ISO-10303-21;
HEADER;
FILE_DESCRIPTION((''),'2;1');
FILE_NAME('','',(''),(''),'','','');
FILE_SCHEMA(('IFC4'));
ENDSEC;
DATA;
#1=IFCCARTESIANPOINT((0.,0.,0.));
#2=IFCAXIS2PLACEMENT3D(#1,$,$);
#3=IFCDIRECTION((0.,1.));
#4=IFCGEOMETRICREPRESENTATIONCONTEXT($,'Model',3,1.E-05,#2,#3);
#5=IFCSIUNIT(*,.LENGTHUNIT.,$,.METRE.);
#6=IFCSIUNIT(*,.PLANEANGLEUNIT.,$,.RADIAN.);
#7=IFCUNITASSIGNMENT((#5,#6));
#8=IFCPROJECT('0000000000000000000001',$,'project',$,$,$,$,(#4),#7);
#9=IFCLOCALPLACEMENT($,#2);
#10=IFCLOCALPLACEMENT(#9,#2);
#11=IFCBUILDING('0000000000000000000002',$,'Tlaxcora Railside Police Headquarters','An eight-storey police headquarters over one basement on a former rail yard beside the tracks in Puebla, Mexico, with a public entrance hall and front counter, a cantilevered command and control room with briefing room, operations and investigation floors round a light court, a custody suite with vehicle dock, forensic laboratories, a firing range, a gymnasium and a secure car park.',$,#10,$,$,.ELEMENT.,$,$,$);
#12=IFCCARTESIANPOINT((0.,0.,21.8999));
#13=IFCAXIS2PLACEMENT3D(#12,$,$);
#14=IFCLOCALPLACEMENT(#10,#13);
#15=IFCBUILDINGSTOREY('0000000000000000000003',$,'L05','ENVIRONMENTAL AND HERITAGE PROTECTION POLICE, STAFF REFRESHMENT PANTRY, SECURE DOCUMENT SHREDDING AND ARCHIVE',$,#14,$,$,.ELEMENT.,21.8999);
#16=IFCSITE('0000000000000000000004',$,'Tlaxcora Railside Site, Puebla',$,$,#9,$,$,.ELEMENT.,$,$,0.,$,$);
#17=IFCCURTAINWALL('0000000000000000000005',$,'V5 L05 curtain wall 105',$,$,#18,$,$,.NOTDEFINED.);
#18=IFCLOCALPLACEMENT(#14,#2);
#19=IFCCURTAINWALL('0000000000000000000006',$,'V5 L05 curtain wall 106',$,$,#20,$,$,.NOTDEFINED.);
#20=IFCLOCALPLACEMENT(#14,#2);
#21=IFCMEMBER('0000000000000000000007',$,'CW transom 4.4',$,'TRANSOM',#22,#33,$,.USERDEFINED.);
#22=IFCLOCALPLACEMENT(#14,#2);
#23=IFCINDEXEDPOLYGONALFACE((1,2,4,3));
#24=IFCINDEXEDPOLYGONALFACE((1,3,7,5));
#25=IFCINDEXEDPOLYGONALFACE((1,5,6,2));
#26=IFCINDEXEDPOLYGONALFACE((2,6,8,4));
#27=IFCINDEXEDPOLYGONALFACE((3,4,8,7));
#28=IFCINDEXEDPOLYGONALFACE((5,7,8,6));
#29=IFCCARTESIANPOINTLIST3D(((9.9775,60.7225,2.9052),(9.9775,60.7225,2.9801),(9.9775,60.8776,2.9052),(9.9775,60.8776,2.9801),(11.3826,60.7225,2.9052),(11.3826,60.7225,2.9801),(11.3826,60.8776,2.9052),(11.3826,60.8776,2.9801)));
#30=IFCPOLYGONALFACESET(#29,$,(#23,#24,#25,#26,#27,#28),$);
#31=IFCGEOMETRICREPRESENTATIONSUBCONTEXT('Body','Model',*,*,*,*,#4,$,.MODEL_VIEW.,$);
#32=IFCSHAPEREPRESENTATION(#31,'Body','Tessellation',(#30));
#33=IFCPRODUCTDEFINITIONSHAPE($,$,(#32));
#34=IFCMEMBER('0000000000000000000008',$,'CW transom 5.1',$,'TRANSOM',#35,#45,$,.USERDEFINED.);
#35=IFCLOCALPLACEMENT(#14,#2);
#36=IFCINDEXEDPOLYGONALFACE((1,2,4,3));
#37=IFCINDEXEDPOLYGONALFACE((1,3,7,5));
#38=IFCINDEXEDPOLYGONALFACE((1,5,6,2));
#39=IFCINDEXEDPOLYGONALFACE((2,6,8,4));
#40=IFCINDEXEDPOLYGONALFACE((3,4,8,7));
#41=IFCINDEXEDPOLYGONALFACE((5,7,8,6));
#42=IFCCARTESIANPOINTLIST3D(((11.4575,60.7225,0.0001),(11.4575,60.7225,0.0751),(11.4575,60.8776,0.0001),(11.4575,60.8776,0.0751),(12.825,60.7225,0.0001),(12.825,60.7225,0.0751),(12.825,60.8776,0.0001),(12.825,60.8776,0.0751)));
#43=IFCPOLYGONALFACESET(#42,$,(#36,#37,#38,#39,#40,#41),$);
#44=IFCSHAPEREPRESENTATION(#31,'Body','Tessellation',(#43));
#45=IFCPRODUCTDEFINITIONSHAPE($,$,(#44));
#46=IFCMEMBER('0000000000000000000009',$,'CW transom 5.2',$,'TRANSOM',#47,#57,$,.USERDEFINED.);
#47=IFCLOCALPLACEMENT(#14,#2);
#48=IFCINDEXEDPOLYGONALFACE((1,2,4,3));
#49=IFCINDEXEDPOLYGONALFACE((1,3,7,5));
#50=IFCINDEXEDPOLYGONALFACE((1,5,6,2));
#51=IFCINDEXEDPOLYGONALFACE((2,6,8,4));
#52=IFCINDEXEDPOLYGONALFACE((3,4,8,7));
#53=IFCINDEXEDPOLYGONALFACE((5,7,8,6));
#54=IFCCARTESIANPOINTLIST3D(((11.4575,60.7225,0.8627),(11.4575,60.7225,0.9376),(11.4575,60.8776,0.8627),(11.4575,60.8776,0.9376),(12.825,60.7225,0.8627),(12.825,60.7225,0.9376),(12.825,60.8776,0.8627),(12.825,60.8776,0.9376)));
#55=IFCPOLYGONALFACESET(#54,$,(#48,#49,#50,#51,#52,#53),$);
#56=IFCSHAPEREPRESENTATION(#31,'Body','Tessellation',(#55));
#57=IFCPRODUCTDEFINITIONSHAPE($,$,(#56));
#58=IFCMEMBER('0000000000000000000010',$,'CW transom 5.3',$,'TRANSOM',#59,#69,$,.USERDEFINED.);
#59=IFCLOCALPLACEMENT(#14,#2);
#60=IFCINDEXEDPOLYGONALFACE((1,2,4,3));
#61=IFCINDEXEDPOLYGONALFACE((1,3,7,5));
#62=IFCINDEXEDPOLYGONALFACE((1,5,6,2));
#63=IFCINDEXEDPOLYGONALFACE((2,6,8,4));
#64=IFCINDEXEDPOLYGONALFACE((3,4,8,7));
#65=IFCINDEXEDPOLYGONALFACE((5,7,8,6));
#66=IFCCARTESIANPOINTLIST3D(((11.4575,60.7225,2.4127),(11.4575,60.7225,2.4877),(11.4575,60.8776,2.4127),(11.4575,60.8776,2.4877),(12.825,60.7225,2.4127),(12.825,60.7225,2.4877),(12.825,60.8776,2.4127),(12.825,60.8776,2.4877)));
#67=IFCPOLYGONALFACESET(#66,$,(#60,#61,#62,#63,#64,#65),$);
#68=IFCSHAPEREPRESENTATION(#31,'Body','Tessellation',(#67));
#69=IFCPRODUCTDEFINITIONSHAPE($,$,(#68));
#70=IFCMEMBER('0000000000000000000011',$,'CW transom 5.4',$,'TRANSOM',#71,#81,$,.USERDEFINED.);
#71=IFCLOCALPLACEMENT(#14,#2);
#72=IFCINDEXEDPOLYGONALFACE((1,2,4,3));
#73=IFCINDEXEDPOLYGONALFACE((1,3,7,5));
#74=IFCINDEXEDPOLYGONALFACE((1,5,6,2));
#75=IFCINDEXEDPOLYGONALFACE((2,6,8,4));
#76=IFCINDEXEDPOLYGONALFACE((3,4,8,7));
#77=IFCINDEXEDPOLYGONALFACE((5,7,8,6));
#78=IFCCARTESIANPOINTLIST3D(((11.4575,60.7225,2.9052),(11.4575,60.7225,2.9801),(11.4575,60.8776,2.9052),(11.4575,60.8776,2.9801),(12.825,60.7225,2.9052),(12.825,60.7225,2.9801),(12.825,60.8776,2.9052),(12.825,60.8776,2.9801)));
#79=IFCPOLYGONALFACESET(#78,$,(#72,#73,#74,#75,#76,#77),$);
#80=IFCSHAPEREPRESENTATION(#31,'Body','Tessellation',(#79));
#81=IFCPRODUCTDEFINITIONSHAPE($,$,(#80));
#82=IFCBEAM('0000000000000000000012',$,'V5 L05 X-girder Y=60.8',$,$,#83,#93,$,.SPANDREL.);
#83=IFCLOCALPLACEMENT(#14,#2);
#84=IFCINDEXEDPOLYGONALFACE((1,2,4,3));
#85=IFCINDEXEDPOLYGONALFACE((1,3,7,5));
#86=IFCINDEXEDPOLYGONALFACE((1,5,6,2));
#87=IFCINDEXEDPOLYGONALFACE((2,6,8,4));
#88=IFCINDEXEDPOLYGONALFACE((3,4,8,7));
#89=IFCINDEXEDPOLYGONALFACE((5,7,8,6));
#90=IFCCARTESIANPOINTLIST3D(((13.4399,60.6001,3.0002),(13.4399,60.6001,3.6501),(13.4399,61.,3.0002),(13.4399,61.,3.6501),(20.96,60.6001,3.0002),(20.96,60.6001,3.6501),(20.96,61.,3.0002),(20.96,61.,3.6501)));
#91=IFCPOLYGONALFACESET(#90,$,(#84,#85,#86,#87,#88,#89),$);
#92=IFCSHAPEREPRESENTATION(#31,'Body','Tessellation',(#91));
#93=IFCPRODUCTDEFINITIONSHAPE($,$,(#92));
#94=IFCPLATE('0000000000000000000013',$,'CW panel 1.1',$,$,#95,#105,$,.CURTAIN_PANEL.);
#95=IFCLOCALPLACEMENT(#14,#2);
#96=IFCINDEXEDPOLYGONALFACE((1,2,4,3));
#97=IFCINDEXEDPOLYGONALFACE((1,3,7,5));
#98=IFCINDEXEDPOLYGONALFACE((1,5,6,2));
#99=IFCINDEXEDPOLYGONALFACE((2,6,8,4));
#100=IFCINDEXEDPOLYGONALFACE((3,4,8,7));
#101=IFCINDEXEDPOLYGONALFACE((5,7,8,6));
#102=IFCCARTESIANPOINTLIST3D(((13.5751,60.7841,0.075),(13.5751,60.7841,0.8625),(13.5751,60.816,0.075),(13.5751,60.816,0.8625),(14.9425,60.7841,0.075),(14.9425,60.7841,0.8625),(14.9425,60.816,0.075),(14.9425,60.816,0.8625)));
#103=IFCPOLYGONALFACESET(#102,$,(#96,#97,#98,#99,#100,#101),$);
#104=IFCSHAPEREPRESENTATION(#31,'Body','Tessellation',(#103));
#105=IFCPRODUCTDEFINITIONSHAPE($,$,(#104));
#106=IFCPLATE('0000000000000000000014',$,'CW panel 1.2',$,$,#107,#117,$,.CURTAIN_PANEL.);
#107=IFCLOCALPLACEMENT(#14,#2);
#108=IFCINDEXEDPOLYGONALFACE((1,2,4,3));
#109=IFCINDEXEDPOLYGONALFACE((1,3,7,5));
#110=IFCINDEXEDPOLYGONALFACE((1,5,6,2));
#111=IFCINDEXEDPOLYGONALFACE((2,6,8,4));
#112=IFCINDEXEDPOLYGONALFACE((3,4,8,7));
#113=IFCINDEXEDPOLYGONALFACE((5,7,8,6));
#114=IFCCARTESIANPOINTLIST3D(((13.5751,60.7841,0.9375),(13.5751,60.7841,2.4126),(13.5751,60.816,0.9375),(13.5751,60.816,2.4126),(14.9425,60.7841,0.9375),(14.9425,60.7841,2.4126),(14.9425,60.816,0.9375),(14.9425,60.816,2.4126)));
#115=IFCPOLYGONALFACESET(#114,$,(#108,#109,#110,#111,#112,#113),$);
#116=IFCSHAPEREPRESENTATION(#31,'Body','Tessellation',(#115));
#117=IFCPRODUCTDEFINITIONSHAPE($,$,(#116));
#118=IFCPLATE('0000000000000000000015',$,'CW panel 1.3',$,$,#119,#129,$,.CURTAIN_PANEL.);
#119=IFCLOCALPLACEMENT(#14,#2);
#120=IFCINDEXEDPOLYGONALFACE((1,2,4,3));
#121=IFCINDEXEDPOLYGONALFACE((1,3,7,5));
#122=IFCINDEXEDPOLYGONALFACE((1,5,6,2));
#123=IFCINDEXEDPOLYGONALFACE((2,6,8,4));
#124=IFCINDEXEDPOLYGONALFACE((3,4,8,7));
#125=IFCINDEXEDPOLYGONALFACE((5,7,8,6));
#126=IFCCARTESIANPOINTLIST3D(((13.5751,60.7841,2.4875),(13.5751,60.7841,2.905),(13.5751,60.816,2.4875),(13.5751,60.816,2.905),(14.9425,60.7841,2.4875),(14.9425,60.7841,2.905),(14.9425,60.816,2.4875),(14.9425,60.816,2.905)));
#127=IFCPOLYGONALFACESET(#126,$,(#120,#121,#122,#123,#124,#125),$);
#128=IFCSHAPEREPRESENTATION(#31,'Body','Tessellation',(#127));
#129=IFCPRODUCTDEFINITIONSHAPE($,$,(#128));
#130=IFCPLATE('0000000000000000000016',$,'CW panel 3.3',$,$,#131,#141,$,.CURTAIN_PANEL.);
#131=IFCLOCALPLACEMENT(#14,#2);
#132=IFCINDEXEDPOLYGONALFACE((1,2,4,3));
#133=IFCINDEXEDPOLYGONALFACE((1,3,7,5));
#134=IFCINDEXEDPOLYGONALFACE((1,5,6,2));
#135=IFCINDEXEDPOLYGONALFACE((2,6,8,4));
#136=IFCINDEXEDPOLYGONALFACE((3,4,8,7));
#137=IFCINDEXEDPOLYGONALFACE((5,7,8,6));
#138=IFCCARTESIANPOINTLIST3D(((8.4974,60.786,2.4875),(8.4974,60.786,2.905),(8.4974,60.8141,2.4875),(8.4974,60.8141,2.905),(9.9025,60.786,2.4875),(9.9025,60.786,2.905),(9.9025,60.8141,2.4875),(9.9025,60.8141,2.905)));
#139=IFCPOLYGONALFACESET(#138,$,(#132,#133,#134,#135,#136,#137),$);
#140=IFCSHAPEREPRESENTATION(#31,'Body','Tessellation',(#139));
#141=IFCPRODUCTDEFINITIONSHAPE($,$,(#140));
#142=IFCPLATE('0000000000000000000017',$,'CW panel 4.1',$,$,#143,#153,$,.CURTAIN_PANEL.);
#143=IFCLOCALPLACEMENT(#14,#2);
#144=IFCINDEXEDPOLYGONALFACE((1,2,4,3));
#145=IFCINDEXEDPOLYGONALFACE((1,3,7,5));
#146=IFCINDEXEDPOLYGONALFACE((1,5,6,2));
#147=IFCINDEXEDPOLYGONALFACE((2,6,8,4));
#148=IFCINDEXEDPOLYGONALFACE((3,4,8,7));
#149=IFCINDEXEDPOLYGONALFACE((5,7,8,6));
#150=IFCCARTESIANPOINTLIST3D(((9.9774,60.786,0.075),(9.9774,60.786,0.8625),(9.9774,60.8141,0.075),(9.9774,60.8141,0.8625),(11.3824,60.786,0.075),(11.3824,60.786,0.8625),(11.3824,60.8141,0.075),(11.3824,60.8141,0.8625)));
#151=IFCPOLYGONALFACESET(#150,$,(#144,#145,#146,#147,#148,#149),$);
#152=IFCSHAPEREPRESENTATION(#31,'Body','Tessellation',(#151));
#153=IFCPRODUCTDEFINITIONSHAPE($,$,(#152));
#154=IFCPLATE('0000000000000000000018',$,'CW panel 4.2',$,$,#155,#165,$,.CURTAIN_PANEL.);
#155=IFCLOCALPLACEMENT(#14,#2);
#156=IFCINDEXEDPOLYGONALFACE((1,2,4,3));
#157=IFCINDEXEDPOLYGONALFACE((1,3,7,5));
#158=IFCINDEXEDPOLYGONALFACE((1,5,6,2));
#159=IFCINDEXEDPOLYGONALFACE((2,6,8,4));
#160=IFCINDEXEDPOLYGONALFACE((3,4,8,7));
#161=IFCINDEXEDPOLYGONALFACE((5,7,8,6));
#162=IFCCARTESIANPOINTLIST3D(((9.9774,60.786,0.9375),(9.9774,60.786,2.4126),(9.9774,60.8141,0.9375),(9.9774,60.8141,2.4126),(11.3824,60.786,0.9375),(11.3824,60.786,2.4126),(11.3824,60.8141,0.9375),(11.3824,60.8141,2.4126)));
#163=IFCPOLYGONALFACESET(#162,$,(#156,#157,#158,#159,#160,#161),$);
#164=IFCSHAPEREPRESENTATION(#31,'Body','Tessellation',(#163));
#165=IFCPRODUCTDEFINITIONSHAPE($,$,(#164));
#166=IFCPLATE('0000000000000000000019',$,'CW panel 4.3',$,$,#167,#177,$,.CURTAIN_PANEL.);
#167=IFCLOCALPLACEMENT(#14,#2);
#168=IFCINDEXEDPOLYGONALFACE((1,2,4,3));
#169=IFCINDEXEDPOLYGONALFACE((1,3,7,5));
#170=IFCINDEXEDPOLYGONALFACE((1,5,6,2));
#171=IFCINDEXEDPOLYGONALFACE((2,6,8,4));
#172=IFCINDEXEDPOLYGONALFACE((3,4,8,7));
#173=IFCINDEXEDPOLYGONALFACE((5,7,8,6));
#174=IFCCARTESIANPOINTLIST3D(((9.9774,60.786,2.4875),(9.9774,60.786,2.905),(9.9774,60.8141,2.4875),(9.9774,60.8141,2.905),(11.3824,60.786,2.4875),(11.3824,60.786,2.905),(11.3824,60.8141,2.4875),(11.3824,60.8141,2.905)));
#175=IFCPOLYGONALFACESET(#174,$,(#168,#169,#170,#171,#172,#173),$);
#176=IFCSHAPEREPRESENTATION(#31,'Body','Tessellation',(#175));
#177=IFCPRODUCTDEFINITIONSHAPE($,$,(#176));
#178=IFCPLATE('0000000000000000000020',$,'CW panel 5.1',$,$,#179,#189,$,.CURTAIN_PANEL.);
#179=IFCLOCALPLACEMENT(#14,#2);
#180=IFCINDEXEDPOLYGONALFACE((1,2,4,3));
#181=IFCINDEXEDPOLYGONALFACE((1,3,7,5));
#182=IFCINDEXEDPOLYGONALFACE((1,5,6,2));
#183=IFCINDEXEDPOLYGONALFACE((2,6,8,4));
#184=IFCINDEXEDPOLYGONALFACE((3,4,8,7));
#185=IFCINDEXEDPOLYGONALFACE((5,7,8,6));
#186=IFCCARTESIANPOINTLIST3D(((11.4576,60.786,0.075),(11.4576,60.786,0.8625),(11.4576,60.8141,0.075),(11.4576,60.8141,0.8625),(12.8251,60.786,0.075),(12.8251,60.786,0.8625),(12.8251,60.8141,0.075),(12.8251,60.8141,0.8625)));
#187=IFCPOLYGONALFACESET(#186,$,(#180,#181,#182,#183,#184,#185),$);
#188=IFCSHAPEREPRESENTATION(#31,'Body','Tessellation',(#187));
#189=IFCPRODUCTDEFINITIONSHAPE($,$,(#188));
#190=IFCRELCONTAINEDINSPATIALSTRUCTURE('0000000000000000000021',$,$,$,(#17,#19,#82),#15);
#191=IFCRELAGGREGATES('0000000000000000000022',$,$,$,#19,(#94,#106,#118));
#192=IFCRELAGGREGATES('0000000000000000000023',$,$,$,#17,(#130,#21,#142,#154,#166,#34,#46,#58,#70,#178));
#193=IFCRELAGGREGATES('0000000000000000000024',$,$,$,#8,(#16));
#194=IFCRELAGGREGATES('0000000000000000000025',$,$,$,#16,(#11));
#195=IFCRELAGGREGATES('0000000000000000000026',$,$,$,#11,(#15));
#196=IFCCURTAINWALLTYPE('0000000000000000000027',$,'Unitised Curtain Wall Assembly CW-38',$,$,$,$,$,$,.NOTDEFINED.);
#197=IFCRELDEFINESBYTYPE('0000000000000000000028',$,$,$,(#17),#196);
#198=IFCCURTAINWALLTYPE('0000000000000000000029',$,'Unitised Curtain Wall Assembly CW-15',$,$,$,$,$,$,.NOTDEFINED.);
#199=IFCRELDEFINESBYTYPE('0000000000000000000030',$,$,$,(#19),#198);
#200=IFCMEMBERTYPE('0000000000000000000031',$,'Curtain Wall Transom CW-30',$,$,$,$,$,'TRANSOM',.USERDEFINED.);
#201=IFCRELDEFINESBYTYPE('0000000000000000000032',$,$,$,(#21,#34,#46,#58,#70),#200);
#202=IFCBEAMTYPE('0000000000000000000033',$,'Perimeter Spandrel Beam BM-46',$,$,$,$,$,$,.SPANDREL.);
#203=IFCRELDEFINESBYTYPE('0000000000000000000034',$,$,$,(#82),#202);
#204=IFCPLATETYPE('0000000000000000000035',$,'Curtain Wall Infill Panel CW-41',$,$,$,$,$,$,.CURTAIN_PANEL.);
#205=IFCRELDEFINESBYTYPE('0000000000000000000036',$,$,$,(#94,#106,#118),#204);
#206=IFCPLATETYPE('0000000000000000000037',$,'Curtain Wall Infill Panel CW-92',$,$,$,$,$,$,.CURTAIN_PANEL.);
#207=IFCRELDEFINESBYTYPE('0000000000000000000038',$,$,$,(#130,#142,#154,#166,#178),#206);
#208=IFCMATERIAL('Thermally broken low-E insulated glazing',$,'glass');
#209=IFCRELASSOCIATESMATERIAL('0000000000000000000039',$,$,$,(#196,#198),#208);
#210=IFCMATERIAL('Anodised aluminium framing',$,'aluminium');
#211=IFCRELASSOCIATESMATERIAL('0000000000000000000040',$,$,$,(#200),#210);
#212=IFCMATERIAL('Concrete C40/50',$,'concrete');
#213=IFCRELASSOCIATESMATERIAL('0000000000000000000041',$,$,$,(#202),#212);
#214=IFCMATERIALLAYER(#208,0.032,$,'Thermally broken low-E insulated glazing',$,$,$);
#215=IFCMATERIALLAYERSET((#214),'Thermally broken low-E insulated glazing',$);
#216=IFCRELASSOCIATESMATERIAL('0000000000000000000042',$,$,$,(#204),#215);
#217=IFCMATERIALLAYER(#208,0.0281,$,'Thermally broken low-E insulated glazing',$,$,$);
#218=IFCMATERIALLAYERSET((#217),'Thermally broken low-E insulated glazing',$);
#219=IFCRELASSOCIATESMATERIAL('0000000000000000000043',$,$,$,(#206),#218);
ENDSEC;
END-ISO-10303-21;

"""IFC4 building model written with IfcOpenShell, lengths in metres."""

from ifc_helpers import new_model, si_unit, direction, frame, origin, origin_2d, place, context, subcontext, project, spatial, rectangle, extrude, material, layer, layer_set, material_profile, profile_set, type_object, element, aggregate, save


model = new_model("IFC4")

# Units and contexts
model_context = context("Model", 3, precision=1e-05, world=origin(), true_north=direction((0.0, 1.0)))
body_context = subcontext(model_context, "Body", "Model", "MODEL_VIEW")
ifc_project = project(units=[si_unit("LENGTHUNIT", "METRE"), si_unit("PLANEANGLEUNIT", "RADIAN")], contexts=[model_context])

# Site, building, storey
site_placement = place(None, origin())
site = spatial("IfcSite", under=ifc_project, at=site_placement, Name="Tlaxcora Railside Site, Puebla", CompositionType="ELEMENT", RefElevation=0.0)
building_placement = place(site_placement, origin())
building = spatial("IfcBuilding", under=site, at=building_placement, Name="Tlaxcora Railside Police Headquarters", Description="An eight-storey police headquarters over one basement on a former rail yard beside the tracks in Puebla, Mexico, with a public entrance hall and front counter, a cantilevered command and control room with briefing room, operations and investigation floors round a light court, a custody suite with vehicle dock, forensic laboratories, a firing range, a gymnasium and a secure car park.", CompositionType="ELEMENT")
storey_placement = place(building_placement, frame((0.0, 0.0, 21.8999)))
storey = spatial("IfcBuildingStorey", under=building, at=storey_placement, Name="L05", Description="ENVIRONMENTAL AND HERITAGE PROTECTION POLICE, STAFF REFRESHMENT PANTRY, SECURE DOCUMENT SHREDDING AND ARCHIVE", CompositionType="ELEMENT", Elevation=21.8999)

# Shared definitions
ifc_material_1 = material(Name="Concrete C40/50", Category="concrete")

# Curtain walls
ifc_material_2 = material(Name="Thermally broken low-E insulated glazing", Category="glass")
curtain_wall_type_1 = type_object("IfcCurtainWallType", Name="Unitised Curtain Wall Assembly CW-38", PredefinedType="NOTDEFINED", material=ifc_material_2)
curtain_wall_1_placement = place(storey_placement, origin())
curtain_wall_1 = element("IfcCurtainWall", 1, at=curtain_wall_1_placement, inside=storey, type_object=curtain_wall_type_1, Name="V5 L05 curtain wall 105", PredefinedType="NOTDEFINED")
ifc_material_3 = material(Name="Anodised aluminium framing", Category="aluminium")
curtain_wall_type_2 = type_object("IfcCurtainWallType", Name="Unitised Curtain Wall Assembly CW-15", PredefinedType="NOTDEFINED", material=ifc_material_2)
curtain_wall_2_placement = place(storey_placement, origin())
curtain_wall_2 = element("IfcCurtainWall", 2, at=curtain_wall_2_placement, inside=storey, type_object=curtain_wall_type_2, Name="V5 L05 curtain wall 106", PredefinedType="NOTDEFINED")

# Members
ifc_material_profile_1 = material_profile(ifc_material_3, rectangle(XDim=0.155, YDim=0.075, at=origin_2d()), Name="AL75X155")
ifc_profile_set_1 = profile_set([ifc_material_profile_1], Name="Anodised aluminium framing")
member_type_1 = type_object("IfcMemberType", Name="Curtain Wall Transom CW-30", ElementType="TRANSOM", PredefinedType="USERDEFINED", material=ifc_profile_set_1)
member_1_placement = place(storey_placement, frame((9.9775, 60.8, 2.9426), z_axis=(1.0, 0.0, 0.0), x_axis=(0.0, 1.0, 0.0)))
member_1 = element("IfcMember", 3, at=member_1_placement, type_object=member_type_1, Name="CW transom 4.4", ObjectType="TRANSOM", PredefinedType="USERDEFINED", context=body_context, shape_type="SweptSolid", body=[
    extrude(rectangle(XDim=0.155, YDim=0.075, at=origin_2d()), origin(), (0.0, 0.0, 1.0), 1.405),
])
member_2_placement = place(storey_placement, frame((11.4575, 60.8, 0.0376), z_axis=(1.0, 0.0, 0.0), x_axis=(0.0, 1.0, 0.0)))
member_2 = element("IfcMember", 4, at=member_2_placement, type_object=member_type_1, Name="CW transom 5.1", ObjectType="TRANSOM", PredefinedType="USERDEFINED", context=body_context, shape_type="SweptSolid", body=[
    extrude(rectangle(XDim=0.155, YDim=0.075, at=origin_2d()), origin(), (0.0, 0.0, 1.0), 1.3674),
])
member_3_placement = place(storey_placement, frame((11.4575, 60.8, 0.9001), z_axis=(1.0, 0.0, 0.0), x_axis=(0.0, 1.0, 0.0)))
member_3 = element("IfcMember", 5, at=member_3_placement, type_object=member_type_1, Name="CW transom 5.2", ObjectType="TRANSOM", PredefinedType="USERDEFINED", context=body_context, shape_type="SweptSolid", body=[
    extrude(rectangle(XDim=0.155, YDim=0.075, at=origin_2d()), origin(), (0.0, 0.0, 1.0), 1.3674),
])
member_4_placement = place(storey_placement, frame((11.4575, 60.8, 2.4502), z_axis=(1.0, 0.0, 0.0), x_axis=(0.0, 1.0, 0.0)))
member_4 = element("IfcMember", 6, at=member_4_placement, type_object=member_type_1, Name="CW transom 5.3", ObjectType="TRANSOM", PredefinedType="USERDEFINED", context=body_context, shape_type="SweptSolid", body=[
    extrude(rectangle(XDim=0.155, YDim=0.075, at=origin_2d()), origin(), (0.0, 0.0, 1.0), 1.3674),
])
member_5_placement = place(storey_placement, frame((11.4575, 60.8, 2.9426), z_axis=(1.0, 0.0, 0.0), x_axis=(0.0, 1.0, 0.0)))
member_5 = element("IfcMember", 7, at=member_5_placement, type_object=member_type_1, Name="CW transom 5.4", ObjectType="TRANSOM", PredefinedType="USERDEFINED", context=body_context, shape_type="SweptSolid", body=[
    extrude(rectangle(XDim=0.155, YDim=0.075, at=origin_2d()), origin(), (0.0, 0.0, 1.0), 1.3674),
])

# Beam
ifc_material_profile_2 = material_profile(ifc_material_1, rectangle(XDim=0.3999, YDim=0.6499, at=origin_2d()), Name="RC400X650")
ifc_profile_set_2 = profile_set([ifc_material_profile_2], Name="Concrete C40/50")
beam_type = type_object("IfcBeamType", Name="Perimeter Spandrel Beam BM-46", PredefinedType="SPANDREL", material=ifc_profile_set_2)
beam_placement = place(storey_placement, frame((13.4399, 60.8, 3.3252), z_axis=(1.0, 0.0, 0.0), x_axis=(0.0, 1.0, 0.0)))
element("IfcBeam", 8, at=beam_placement, inside=storey, type_object=beam_type, Name="V5 L05 X-girder Y=60.8", PredefinedType="SPANDREL", context=body_context, shape_type="SweptSolid", body=[
    extrude(rectangle(XDim=0.3999, YDim=0.6499, at=origin_2d()), origin(), (0.0, 0.0, 1.0), 7.52),
])

# Plates
ifc_layer_1 = layer(ifc_material_2, 0.032, Name="Thermally broken low-E insulated glazing")
ifc_layer_set_1 = layer_set([ifc_layer_1], Name="Thermally broken low-E insulated glazing")
plate_type_1 = type_object("IfcPlateType", Name="Curtain Wall Infill Panel CW-41", PredefinedType="CURTAIN_PANEL", material=ifc_layer_set_1)
plate_1_placement = place(storey_placement, frame((14.2588, 60.8, 0.075), z_axis=(0.0, 0.0, 1.0), x_axis=(1.0, 0.0, 0.0)))
plate_1 = element("IfcPlate", 9, at=plate_1_placement, type_object=plate_type_1, Name="CW panel 1.1", PredefinedType="CURTAIN_PANEL", context=body_context, shape_type="SweptSolid", body=[
    extrude(rectangle(XDim=1.3674, YDim=0.032, at=origin_2d()), origin(), (0.0, 0.0, 1.0), 0.7876),
])
plate_2_placement = place(storey_placement, frame((14.2588, 60.8, 0.9375), z_axis=(0.0, 0.0, 1.0), x_axis=(1.0, 0.0, 0.0)))
plate_2 = element("IfcPlate", 10, at=plate_2_placement, type_object=plate_type_1, Name="CW panel 1.2", PredefinedType="CURTAIN_PANEL", context=body_context, shape_type="SweptSolid", body=[
    extrude(rectangle(XDim=1.3674, YDim=0.032, at=origin_2d()), origin(), (0.0, 0.0, 1.0), 1.4751),
])
plate_3_placement = place(storey_placement, frame((14.2588, 60.8, 2.4875), z_axis=(0.0, 0.0, 1.0), x_axis=(1.0, 0.0, 0.0)))
plate_3 = element("IfcPlate", 11, at=plate_3_placement, type_object=plate_type_1, Name="CW panel 1.3", PredefinedType="CURTAIN_PANEL", context=body_context, shape_type="SweptSolid", body=[
    extrude(rectangle(XDim=1.3674, YDim=0.032, at=origin_2d()), origin(), (0.0, 0.0, 1.0), 0.4175),
])
aggregate(curtain_wall_2, [plate_1, plate_2, plate_3])
ifc_layer_2 = layer(ifc_material_2, 0.0281, Name="Thermally broken low-E insulated glazing")
ifc_layer_set_2 = layer_set([ifc_layer_2], Name="Thermally broken low-E insulated glazing")
plate_type_2 = type_object("IfcPlateType", Name="Curtain Wall Infill Panel CW-92", PredefinedType="CURTAIN_PANEL", material=ifc_layer_set_2)
plate_4_placement = place(storey_placement, frame((9.2, 60.8, 2.4875), z_axis=(0.0, 0.0, 1.0), x_axis=(1.0, 0.0, 0.0)))
plate_4 = element("IfcPlate", 12, at=plate_4_placement, type_object=plate_type_2, Name="CW panel 3.3", PredefinedType="CURTAIN_PANEL", context=body_context, shape_type="SweptSolid", body=[
    extrude(rectangle(XDim=1.405, YDim=0.0281, at=origin_2d()), origin(), (0.0, 0.0, 1.0), 0.4175),
])
plate_5_placement = place(storey_placement, frame((10.6799, 60.8, 0.075), z_axis=(0.0, 0.0, 1.0), x_axis=(1.0, 0.0, 0.0)))
plate_5 = element("IfcPlate", 13, at=plate_5_placement, type_object=plate_type_2, Name="CW panel 4.1", PredefinedType="CURTAIN_PANEL", context=body_context, shape_type="SweptSolid", body=[
    extrude(rectangle(XDim=1.405, YDim=0.0281, at=origin_2d()), origin(), (0.0, 0.0, 1.0), 0.7876),
])
plate_6_placement = place(storey_placement, frame((10.6799, 60.8, 0.9375), z_axis=(0.0, 0.0, 1.0), x_axis=(1.0, 0.0, 0.0)))
plate_6 = element("IfcPlate", 14, at=plate_6_placement, type_object=plate_type_2, Name="CW panel 4.2", PredefinedType="CURTAIN_PANEL", context=body_context, shape_type="SweptSolid", body=[
    extrude(rectangle(XDim=1.405, YDim=0.0281, at=origin_2d()), origin(), (0.0, 0.0, 1.0), 1.4751),
])
plate_7_placement = place(storey_placement, frame((10.6799, 60.8, 2.4875), z_axis=(0.0, 0.0, 1.0), x_axis=(1.0, 0.0, 0.0)))
plate_7 = element("IfcPlate", 15, at=plate_7_placement, type_object=plate_type_2, Name="CW panel 4.3", PredefinedType="CURTAIN_PANEL", context=body_context, shape_type="SweptSolid", body=[
    extrude(rectangle(XDim=1.405, YDim=0.0281, at=origin_2d()), origin(), (0.0, 0.0, 1.0), 0.4175),
])
plate_8_placement = place(storey_placement, frame((12.1414, 60.8, 0.075), z_axis=(0.0, 0.0, 1.0), x_axis=(1.0, 0.0, 0.0)))
plate_8 = element("IfcPlate", 16, at=plate_8_placement, type_object=plate_type_2, Name="CW panel 5.1", PredefinedType="CURTAIN_PANEL", context=body_context, shape_type="SweptSolid", body=[
    extrude(rectangle(XDim=1.3674, YDim=0.0281, at=origin_2d()), origin(), (0.0, 0.0, 1.0), 0.7876),
])
aggregate(curtain_wall_1, [plate_4, member_1, plate_5, plate_6, plate_7, member_2, member_3, member_4, member_5, plate_8])

save(model, "model.ifc")
